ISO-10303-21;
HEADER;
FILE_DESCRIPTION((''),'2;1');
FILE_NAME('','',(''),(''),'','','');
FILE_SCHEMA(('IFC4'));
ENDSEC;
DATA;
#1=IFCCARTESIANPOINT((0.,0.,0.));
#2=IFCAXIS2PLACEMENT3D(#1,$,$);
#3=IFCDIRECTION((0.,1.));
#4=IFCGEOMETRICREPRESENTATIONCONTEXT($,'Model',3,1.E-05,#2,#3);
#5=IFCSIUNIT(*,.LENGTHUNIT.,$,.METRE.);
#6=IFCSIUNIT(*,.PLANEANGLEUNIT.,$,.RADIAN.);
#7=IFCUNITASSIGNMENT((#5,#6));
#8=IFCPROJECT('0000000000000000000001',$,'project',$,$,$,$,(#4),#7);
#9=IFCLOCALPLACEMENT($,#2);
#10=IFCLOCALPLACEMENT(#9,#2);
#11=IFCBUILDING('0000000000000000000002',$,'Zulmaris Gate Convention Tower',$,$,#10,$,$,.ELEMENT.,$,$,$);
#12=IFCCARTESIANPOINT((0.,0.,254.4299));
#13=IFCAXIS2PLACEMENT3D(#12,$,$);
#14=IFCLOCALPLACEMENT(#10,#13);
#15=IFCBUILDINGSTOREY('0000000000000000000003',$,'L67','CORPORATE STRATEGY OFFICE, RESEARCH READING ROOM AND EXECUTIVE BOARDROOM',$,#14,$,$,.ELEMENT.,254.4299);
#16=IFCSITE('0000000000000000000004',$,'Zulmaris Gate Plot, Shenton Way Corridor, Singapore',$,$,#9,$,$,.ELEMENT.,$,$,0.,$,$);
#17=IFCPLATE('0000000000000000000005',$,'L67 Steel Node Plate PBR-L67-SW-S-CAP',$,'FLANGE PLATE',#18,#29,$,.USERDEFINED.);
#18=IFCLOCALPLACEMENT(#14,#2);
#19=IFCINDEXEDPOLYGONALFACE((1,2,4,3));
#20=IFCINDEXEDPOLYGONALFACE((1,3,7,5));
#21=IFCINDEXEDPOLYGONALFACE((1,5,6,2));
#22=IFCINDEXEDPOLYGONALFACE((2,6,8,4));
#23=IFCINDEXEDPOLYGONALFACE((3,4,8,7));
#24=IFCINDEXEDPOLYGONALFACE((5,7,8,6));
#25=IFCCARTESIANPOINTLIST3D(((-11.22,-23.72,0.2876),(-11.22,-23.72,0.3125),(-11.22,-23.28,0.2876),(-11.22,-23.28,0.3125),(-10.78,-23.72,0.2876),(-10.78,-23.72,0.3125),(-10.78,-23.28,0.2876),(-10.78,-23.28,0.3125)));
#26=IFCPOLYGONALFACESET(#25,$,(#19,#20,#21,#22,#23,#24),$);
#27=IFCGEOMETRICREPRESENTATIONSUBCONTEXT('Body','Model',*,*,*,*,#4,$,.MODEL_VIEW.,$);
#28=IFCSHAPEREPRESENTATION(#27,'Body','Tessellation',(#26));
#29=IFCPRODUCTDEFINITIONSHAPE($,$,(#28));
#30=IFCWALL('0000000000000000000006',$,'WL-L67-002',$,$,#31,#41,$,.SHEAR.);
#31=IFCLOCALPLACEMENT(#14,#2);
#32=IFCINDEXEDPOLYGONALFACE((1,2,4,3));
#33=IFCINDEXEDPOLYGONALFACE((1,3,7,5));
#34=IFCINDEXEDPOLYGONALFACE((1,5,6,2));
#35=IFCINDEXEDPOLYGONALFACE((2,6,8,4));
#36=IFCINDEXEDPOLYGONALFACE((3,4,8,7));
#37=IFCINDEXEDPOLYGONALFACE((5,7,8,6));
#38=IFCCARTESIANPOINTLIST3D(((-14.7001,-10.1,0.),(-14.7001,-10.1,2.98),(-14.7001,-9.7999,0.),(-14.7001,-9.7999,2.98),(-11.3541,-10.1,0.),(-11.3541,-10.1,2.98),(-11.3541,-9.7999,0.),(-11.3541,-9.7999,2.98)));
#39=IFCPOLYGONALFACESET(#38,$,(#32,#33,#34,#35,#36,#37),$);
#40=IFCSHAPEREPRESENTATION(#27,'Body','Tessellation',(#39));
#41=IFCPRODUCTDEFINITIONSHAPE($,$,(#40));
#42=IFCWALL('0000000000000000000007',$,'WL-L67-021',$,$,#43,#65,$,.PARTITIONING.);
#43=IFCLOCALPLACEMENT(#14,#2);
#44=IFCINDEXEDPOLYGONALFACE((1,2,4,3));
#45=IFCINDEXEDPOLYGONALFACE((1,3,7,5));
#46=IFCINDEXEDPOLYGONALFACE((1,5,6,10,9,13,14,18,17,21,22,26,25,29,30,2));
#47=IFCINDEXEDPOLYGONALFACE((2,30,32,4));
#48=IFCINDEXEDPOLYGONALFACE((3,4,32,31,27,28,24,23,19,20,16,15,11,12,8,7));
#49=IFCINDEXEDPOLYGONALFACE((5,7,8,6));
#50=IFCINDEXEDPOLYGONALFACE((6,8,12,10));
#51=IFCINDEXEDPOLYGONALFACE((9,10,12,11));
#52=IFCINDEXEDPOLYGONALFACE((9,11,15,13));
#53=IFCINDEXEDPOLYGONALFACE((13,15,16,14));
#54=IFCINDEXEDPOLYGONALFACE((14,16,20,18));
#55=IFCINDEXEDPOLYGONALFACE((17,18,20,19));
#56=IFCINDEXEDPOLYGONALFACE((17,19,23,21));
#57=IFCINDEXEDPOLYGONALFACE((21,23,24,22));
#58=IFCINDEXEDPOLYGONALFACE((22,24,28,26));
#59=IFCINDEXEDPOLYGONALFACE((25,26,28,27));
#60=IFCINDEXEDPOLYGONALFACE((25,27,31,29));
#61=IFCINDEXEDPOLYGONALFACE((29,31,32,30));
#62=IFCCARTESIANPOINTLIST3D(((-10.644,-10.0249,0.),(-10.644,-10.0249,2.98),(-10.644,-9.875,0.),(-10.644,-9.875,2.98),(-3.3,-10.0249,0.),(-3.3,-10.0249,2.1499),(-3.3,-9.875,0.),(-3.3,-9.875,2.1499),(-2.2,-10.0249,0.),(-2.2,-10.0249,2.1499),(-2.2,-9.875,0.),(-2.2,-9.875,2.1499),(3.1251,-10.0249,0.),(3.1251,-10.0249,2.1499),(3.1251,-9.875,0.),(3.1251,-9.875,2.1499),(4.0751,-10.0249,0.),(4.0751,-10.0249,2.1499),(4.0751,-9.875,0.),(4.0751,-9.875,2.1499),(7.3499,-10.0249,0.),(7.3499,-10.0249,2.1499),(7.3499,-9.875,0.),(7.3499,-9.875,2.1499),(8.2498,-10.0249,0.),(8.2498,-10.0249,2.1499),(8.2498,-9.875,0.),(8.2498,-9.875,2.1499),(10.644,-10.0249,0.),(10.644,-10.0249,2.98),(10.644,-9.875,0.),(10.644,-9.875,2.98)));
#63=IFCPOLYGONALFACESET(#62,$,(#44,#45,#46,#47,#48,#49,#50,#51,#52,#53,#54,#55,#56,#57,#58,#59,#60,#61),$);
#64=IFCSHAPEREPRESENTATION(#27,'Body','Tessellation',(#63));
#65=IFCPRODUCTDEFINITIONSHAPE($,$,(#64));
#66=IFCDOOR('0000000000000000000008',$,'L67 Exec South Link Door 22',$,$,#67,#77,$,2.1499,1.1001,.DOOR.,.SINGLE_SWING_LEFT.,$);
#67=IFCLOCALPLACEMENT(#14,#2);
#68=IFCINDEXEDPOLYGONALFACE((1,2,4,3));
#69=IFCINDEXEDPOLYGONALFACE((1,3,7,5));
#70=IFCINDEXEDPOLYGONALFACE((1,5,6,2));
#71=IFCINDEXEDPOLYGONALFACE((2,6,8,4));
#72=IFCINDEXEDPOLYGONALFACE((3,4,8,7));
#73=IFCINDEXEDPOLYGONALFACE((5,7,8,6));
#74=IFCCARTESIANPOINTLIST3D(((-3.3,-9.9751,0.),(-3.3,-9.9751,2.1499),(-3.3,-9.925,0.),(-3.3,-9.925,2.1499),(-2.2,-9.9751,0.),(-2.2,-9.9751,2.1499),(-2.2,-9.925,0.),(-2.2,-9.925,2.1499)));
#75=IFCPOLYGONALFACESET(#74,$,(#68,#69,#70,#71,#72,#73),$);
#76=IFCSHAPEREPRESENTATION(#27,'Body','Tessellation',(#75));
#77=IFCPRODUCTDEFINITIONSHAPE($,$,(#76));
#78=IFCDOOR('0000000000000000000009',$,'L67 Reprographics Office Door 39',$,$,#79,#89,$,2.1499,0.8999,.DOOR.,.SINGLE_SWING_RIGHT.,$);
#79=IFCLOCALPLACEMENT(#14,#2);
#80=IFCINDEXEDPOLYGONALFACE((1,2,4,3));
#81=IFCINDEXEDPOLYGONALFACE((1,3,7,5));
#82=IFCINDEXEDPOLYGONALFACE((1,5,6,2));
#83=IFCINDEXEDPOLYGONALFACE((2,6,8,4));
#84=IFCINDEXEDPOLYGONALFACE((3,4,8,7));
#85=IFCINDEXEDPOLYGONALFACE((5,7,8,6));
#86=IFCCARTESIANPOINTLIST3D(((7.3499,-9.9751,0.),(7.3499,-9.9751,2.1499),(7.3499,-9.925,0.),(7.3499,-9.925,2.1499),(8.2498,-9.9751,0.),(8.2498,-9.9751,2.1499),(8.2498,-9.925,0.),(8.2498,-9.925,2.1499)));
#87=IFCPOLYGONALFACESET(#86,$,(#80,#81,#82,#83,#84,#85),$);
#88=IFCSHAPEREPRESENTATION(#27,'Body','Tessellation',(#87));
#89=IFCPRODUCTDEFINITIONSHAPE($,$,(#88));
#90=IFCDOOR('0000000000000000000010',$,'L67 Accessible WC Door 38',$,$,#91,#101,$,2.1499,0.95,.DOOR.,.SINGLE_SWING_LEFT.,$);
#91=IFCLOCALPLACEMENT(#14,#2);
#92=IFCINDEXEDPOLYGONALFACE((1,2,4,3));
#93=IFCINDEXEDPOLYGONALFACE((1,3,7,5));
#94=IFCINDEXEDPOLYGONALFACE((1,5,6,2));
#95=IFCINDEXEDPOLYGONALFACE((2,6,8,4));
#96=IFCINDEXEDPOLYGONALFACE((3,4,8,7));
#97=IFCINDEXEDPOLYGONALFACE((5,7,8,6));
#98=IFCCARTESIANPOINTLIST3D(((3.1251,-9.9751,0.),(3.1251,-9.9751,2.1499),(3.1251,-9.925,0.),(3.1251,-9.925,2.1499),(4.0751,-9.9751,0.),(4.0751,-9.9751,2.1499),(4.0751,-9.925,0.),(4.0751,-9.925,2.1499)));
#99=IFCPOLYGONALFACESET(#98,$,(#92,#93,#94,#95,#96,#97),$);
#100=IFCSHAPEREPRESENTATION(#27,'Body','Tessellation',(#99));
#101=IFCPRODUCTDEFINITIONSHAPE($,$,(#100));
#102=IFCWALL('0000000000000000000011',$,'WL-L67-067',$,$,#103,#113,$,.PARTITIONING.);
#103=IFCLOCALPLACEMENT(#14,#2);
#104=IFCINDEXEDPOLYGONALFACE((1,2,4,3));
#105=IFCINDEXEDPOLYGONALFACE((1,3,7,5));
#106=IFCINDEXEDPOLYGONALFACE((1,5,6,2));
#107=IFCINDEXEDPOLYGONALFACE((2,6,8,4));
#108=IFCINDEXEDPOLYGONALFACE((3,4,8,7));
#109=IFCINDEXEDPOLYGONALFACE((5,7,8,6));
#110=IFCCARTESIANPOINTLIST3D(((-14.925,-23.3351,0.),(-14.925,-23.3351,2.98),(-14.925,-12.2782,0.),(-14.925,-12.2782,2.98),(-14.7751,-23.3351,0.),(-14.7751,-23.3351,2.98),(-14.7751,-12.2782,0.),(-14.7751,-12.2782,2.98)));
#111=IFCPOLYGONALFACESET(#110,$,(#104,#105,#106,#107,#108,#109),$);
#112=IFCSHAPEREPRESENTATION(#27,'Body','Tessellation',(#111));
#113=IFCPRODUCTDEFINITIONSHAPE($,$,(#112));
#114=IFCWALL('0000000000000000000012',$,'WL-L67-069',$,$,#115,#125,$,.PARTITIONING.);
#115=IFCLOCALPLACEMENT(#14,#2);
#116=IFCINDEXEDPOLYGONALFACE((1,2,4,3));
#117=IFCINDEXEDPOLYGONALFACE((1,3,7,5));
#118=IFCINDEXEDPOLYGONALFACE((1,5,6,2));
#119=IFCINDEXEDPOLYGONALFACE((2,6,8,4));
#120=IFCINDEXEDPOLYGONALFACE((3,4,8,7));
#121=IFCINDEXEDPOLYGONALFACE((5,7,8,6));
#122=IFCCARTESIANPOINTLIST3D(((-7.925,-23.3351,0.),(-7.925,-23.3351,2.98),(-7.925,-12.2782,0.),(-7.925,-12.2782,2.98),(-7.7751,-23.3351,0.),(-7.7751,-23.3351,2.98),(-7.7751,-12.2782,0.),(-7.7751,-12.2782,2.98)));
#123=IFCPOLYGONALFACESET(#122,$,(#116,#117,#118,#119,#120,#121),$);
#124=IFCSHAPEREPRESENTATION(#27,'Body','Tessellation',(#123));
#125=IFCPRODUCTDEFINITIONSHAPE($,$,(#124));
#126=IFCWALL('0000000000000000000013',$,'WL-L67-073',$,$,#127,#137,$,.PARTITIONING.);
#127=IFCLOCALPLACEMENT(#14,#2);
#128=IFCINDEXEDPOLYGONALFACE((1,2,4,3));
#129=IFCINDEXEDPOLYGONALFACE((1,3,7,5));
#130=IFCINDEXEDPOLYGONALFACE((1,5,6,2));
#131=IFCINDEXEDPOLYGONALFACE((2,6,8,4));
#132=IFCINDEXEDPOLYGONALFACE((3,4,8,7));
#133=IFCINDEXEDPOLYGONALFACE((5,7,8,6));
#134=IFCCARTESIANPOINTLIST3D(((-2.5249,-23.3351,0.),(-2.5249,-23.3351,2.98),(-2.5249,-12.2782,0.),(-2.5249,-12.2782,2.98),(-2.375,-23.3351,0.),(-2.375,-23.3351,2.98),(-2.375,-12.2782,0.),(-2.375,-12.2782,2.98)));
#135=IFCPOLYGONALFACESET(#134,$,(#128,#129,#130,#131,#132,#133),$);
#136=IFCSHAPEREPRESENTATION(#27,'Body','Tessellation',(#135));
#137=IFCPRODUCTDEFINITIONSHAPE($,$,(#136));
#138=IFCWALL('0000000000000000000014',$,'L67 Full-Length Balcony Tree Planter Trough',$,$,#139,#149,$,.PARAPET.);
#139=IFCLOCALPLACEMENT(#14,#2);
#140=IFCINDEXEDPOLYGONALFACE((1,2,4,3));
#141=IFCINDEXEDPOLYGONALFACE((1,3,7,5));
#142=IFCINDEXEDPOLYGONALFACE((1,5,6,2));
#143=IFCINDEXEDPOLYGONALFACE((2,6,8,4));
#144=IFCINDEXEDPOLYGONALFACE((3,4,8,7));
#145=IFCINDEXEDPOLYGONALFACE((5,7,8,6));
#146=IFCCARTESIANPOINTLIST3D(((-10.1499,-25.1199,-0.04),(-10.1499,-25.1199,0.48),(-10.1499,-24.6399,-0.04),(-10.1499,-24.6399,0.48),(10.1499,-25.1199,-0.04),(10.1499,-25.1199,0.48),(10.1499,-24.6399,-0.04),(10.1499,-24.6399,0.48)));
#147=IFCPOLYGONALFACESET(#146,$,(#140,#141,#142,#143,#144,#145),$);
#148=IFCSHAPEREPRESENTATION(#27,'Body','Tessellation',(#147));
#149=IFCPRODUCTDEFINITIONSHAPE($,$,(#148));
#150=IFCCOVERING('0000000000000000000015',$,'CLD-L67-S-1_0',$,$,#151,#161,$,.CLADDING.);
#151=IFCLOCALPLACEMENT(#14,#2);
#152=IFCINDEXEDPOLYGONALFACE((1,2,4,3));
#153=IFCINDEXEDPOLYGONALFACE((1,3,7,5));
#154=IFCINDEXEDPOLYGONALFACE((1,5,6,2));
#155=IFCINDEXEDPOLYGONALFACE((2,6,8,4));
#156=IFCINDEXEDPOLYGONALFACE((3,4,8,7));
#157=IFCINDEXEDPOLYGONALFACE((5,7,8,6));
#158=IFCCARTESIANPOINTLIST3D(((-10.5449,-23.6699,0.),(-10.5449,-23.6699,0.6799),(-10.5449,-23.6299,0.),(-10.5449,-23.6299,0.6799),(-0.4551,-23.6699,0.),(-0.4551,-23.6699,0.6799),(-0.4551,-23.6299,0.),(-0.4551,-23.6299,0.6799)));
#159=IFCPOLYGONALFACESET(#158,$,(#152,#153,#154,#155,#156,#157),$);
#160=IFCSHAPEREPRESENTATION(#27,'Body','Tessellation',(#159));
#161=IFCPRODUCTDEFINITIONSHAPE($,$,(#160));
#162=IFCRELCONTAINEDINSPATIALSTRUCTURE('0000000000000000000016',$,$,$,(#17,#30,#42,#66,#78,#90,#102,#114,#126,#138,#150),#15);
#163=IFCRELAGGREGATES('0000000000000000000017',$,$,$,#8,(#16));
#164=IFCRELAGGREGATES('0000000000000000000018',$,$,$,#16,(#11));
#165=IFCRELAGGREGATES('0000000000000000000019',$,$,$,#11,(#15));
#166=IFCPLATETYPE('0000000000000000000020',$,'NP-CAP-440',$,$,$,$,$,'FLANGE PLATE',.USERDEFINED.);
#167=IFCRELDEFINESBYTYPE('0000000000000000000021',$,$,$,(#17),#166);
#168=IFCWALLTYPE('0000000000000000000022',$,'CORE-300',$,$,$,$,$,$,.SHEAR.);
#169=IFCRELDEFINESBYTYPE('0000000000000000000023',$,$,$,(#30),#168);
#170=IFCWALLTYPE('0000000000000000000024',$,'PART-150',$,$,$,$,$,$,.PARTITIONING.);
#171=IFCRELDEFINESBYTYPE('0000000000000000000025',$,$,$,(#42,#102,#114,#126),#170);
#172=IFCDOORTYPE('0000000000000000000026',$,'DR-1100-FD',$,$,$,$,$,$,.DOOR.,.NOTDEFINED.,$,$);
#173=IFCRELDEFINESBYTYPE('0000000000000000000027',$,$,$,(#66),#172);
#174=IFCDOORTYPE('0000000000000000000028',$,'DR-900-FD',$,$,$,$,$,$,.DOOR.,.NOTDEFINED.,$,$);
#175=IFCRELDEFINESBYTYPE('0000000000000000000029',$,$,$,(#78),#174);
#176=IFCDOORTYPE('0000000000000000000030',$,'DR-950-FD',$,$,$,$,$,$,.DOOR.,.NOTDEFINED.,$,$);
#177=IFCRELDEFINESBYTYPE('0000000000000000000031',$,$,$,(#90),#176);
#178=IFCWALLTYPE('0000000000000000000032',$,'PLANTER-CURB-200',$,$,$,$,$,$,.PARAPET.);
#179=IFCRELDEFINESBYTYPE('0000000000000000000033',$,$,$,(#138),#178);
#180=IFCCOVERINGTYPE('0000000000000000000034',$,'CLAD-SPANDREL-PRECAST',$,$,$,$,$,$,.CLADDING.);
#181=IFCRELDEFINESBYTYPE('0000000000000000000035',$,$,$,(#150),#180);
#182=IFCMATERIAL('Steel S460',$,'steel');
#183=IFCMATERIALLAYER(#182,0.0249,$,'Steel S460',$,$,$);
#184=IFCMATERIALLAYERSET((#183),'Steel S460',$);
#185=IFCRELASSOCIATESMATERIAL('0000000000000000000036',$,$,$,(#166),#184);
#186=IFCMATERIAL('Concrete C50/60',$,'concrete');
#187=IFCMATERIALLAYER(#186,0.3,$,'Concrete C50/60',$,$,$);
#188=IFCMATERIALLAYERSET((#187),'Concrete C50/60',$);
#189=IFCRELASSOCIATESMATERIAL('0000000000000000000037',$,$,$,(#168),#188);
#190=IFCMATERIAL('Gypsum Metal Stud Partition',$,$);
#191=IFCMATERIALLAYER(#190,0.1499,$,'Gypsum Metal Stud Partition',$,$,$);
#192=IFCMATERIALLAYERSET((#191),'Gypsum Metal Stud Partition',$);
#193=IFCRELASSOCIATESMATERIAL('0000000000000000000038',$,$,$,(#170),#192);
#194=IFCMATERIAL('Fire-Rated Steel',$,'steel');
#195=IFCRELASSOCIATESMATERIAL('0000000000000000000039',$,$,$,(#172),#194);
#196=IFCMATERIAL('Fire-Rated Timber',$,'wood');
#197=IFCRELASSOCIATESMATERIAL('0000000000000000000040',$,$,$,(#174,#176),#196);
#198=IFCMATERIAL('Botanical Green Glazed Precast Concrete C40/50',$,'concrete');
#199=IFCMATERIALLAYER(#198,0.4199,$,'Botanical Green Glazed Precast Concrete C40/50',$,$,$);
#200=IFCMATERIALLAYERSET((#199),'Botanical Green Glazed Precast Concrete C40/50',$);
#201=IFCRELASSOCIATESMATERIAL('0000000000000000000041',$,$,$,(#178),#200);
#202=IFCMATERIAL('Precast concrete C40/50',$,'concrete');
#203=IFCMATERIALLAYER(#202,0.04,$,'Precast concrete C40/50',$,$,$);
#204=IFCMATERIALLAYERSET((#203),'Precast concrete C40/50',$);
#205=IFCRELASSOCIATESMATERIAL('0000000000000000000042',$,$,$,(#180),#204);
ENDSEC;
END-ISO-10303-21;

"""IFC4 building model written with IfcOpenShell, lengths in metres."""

from ifc_helpers import new_model, si_unit, direction, frame, frame_2d, origin, origin_2d, place, context, subcontext, project, spatial, rectangle, extrude, material, layer, layer_set, type_object, element, fill, save


model = new_model("IFC4")

# Units and contexts
model_context = context("Model", 3, precision=1e-05, world=origin(), true_north=direction((0.0, 1.0)))
body_context = subcontext(model_context, "Body", "Model", "MODEL_VIEW")
ifc_project = project(units=[si_unit("LENGTHUNIT", "METRE"), si_unit("PLANEANGLEUNIT", "RADIAN")], contexts=[model_context])

# Site, building, storey
site_placement = place(None, origin())
site = spatial("IfcSite", under=ifc_project, at=site_placement, Name="Zulmaris Gate Plot, Shenton Way Corridor, Singapore", CompositionType="ELEMENT", RefElevation=0.0)
building_placement = place(site_placement, origin())
building = spatial("IfcBuilding", under=site, at=building_placement, Name="Zulmaris Gate Convention Tower", CompositionType="ELEMENT")
storey_placement = place(building_placement, frame((0.0, 0.0, 254.4299)))
storey = spatial("IfcBuildingStorey", under=building, at=storey_placement, Name="L67", Description="CORPORATE STRATEGY OFFICE, RESEARCH READING ROOM AND EXECUTIVE BOARDROOM", CompositionType="ELEMENT", Elevation=254.4299)

# Shared definitions
ifc_material_1 = material(Name="Concrete C50/60", Category="concrete")

# Plate
ifc_material_2 = material(Name="Steel S460", Category="steel")
ifc_layer_1 = layer(ifc_material_2, 0.0249, Name="Steel S460")
ifc_layer_set_1 = layer_set([ifc_layer_1], Name="Steel S460")
plate_type = type_object("IfcPlateType", Name="NP-CAP-440", ElementType="FLANGE PLATE", PredefinedType="USERDEFINED", material=ifc_layer_set_1)
plate_placement = place(storey_placement, frame((-11.0, -23.5, 0.2876), z_axis=(0.0, 0.0, 1.0), x_axis=(1.0, 0.0, 0.0)))
element("IfcPlate", 1, at=plate_placement, inside=storey, type_object=plate_type, Name="L67 Steel Node Plate PBR-L67-SW-S-CAP", ObjectType="FLANGE PLATE", PredefinedType="USERDEFINED", context=body_context, shape_type="SweptSolid", body=[
    extrude(rectangle(XDim=0.4399, YDim=0.4399, at=origin_2d()), origin(), (0.0, 0.0, 1.0), 0.0249),
])

# Wall
ifc_layer_2 = layer(ifc_material_1, 0.3, Name="Concrete C50/60")
ifc_layer_set_2 = layer_set([ifc_layer_2], Name="Concrete C50/60")
wall_type_1 = type_object("IfcWallType", Name="CORE-300", PredefinedType="SHEAR", material=ifc_layer_set_2)
wall_1_placement = place(storey_placement, frame((-14.7, -9.95, 0.0), z_axis=(0.0, 0.0, 1.0), x_axis=(1.0, 0.0, 0.0)))
element("IfcWall", 2, at=wall_1_placement, inside=storey, type_object=wall_type_1, Name="WL-L67-002", PredefinedType="SHEAR", context=body_context, shape_type="SweptSolid", body=[
    extrude(rectangle(XDim=3.3459, YDim=0.3, at=frame_2d((1.6729, 0.0))), origin(), (0.0, 0.0, 1.0), 2.98),
])

# Wall, openings, doors
ifc_material_3 = material(Name="Gypsum Metal Stud Partition")
ifc_layer_3 = layer(ifc_material_3, 0.1499, Name="Gypsum Metal Stud Partition")
ifc_layer_set_3 = layer_set([ifc_layer_3], Name="Gypsum Metal Stud Partition")
wall_type_2 = type_object("IfcWallType", Name="PART-150", PredefinedType="PARTITIONING", material=ifc_layer_set_3)
wall_2_placement = place(storey_placement, frame((-10.644, -9.95, 0.0), z_axis=(0.0, 0.0, 1.0), x_axis=(1.0, 0.0, 0.0)))
wall_2 = element("IfcWall", 3, at=wall_2_placement, inside=storey, type_object=wall_type_2, Name="WL-L67-021", PredefinedType="PARTITIONING", context=body_context, shape_type="SweptSolid", body=[
    extrude(rectangle(XDim=21.2881, YDim=0.1499, at=frame_2d((10.644, 0.0))), origin(), (0.0, 0.0, 1.0), 2.98),
])
opening_1_placement = place(wall_2_placement, frame((7.344, 0.0, 0.0)))
opening_1 = element("IfcOpeningElement", 4, at=opening_1_placement, cuts=wall_2, PredefinedType="OPENING", context=body_context, shape_type="SweptSolid", body=[
    extrude(rectangle(XDim=1.1001, YDim=2.1499, at=frame_2d((0.55, 1.075))), frame((0.0, 0.085, 0.0), z_axis=(0.0, -1.0, 0.0), x_axis=(1.0, 0.0, 0.0)), (0.0, 0.0, 1.0), 0.1699),
])
opening_2_placement = place(wall_2_placement, frame((13.769, 0.0, 0.0)))
opening_2 = element("IfcOpeningElement", 5, at=opening_2_placement, cuts=wall_2, PredefinedType="OPENING", context=body_context, shape_type="SweptSolid", body=[
    extrude(rectangle(XDim=0.95, YDim=2.1499, at=frame_2d((0.4751, 1.075))), frame((0.0, 0.085, 0.0), z_axis=(0.0, -1.0, 0.0), x_axis=(1.0, 0.0, 0.0)), (0.0, 0.0, 1.0), 0.1699),
])
opening_3_placement = place(wall_2_placement, frame((17.9939, 0.0, 0.0)))
opening_3 = element("IfcOpeningElement", 6, at=opening_3_placement, cuts=wall_2, PredefinedType="OPENING", context=body_context, shape_type="SweptSolid", body=[
    extrude(rectangle(XDim=0.8999, YDim=2.1499, at=frame_2d((0.45, 1.075))), frame((0.0, 0.085, 0.0), z_axis=(0.0, -1.0, 0.0), x_axis=(1.0, 0.0, 0.0)), (0.0, 0.0, 1.0), 0.1699),
])
ifc_material_4 = material(Name="Fire-Rated Steel", Category="steel")
door_type_1 = type_object("IfcDoorType", Name="DR-1100-FD", OperationType="NOTDEFINED", PredefinedType="DOOR", material=ifc_material_4)
door_1_placement = place(opening_1_placement, origin())
door_1 = element("IfcDoor", 7, at=door_1_placement, inside=storey, type_object=door_type_1, Name="L67 Exec South Link Door 22", OperationType="SINGLE_SWING_LEFT", OverallHeight=2.1499, OverallWidth=1.1001, PredefinedType="DOOR", context=body_context, shape_type="SweptSolid", body=[
    extrude(rectangle(XDim=1.1001, YDim=2.1499, at=frame_2d((0.55, 1.075))), frame((0.0, 0.0249, 0.0), z_axis=(0.0, -1.0, 0.0), x_axis=(1.0, 0.0, 0.0)), (0.0, 0.0, 1.0), 0.05),
])
fill(opening_1, door_1)
ifc_material_5 = material(Name="Fire-Rated Timber", Category="wood")
door_type_2 = type_object("IfcDoorType", Name="DR-900-FD", OperationType="NOTDEFINED", PredefinedType="DOOR", material=ifc_material_5)
door_2_placement = place(opening_3_placement, origin())
door_2 = element("IfcDoor", 8, at=door_2_placement, inside=storey, type_object=door_type_2, Name="L67 Reprographics Office Door 39", OperationType="SINGLE_SWING_RIGHT", OverallHeight=2.1499, OverallWidth=0.8999, PredefinedType="DOOR", context=body_context, shape_type="SweptSolid", body=[
    extrude(rectangle(XDim=0.8999, YDim=2.1499, at=frame_2d((0.45, 1.075))), frame((0.0, 0.0249, 0.0), z_axis=(0.0, -1.0, 0.0), x_axis=(1.0, 0.0, 0.0)), (0.0, 0.0, 1.0), 0.05),
])
fill(opening_3, door_2)
door_type_3 = type_object("IfcDoorType", Name="DR-950-FD", OperationType="NOTDEFINED", PredefinedType="DOOR", material=ifc_material_5)
door_3_placement = place(opening_2_placement, origin())
door_3 = element("IfcDoor", 9, at=door_3_placement, inside=storey, type_object=door_type_3, Name="L67 Accessible WC Door 38", OperationType="SINGLE_SWING_LEFT", OverallHeight=2.1499, OverallWidth=0.95, PredefinedType="DOOR", context=body_context, shape_type="SweptSolid", body=[
    extrude(rectangle(XDim=0.95, YDim=2.1499, at=frame_2d((0.4751, 1.075))), frame((0.0, 0.0249, 0.0), z_axis=(0.0, -1.0, 0.0), x_axis=(1.0, 0.0, 0.0)), (0.0, 0.0, 1.0), 0.05),
])
fill(opening_2, door_3)

# Walls
for number, where, z_axis, x_axis, name in (
    (10, (-14.8501, -23.335, 0.0), (0.0, 0.0, 1.0), (0.0, 1.0, 0.0), "WL-L67-067"),
    (11, (-7.8501, -23.335, 0.0), (0.0, 0.0, 1.0), (0.0, 1.0, 0.0), "WL-L67-069"),
    (12, (-2.45, -23.335, 0.0), (0.0, 0.0, 1.0), (0.0, 1.0, 0.0), "WL-L67-073"),
):
    element("IfcWall", number, at=place(storey_placement, frame(where, z_axis=z_axis, x_axis=x_axis)), inside=storey, type_object=wall_type_2, Name=name, PredefinedType="PARTITIONING", context=body_context, shape_type="SweptSolid", body=[
        extrude(rectangle(XDim=11.0569, YDim=0.1499, at=frame_2d((5.5283, 0.0))), origin(), (0.0, 0.0, 1.0), 2.98),
    ])
ifc_material_6 = material(Name="Botanical Green Glazed Precast Concrete C40/50", Category="concrete")
ifc_layer_4 = layer(ifc_material_6, 0.4199, Name="Botanical Green Glazed Precast Concrete C40/50")
ifc_layer_set_4 = layer_set([ifc_layer_4], Name="Botanical Green Glazed Precast Concrete C40/50")
wall_type_3 = type_object("IfcWallType", Name="PLANTER-CURB-200", PredefinedType="PARAPET", material=ifc_layer_set_4)
wall_3_placement = place(storey_placement, frame((-10.1499, -24.8799, -0.04), z_axis=(0.0, 0.0, 1.0), x_axis=(1.0, 0.0, 0.0)))
element("IfcWall", 13, at=wall_3_placement, inside=storey, type_object=wall_type_3, Name="L67 Full-Length Balcony Tree Planter Trough", PredefinedType="PARAPET", context=body_context, shape_type="SweptSolid", body=[
    extrude(rectangle(XDim=20.2998, YDim=0.48, at=frame_2d((10.1499, 0.0))), origin(), (0.0, 0.0, 1.0), 0.52),
])

# Shared definitions
ifc_material_7 = material(Name="Precast concrete C40/50", Category="concrete")

# Covering
ifc_layer_5 = layer(ifc_material_7, 0.04, Name="Precast concrete C40/50")
ifc_layer_set_5 = layer_set([ifc_layer_5], Name="Precast concrete C40/50")
covering_type = type_object("IfcCoveringType", Name="CLAD-SPANDREL-PRECAST", PredefinedType="CLADDING", material=ifc_layer_set_5)
covering_placement = place(storey_placement, frame((-10.5449, -23.6499, 0.0), z_axis=(0.0, 0.0, 1.0), x_axis=(1.0, 0.0, 0.0)))
element("IfcCovering", 14, at=covering_placement, inside=storey, type_object=covering_type, Name="CLD-L67-S-1_0", PredefinedType="CLADDING", context=body_context, shape_type="SweptSolid", body=[
    extrude(rectangle(XDim=10.0898, YDim=0.04, at=frame_2d((5.0449, 0.0))), origin(), (0.0, 0.0, 1.0), 0.6799),
])

save(model, "model.ifc")
